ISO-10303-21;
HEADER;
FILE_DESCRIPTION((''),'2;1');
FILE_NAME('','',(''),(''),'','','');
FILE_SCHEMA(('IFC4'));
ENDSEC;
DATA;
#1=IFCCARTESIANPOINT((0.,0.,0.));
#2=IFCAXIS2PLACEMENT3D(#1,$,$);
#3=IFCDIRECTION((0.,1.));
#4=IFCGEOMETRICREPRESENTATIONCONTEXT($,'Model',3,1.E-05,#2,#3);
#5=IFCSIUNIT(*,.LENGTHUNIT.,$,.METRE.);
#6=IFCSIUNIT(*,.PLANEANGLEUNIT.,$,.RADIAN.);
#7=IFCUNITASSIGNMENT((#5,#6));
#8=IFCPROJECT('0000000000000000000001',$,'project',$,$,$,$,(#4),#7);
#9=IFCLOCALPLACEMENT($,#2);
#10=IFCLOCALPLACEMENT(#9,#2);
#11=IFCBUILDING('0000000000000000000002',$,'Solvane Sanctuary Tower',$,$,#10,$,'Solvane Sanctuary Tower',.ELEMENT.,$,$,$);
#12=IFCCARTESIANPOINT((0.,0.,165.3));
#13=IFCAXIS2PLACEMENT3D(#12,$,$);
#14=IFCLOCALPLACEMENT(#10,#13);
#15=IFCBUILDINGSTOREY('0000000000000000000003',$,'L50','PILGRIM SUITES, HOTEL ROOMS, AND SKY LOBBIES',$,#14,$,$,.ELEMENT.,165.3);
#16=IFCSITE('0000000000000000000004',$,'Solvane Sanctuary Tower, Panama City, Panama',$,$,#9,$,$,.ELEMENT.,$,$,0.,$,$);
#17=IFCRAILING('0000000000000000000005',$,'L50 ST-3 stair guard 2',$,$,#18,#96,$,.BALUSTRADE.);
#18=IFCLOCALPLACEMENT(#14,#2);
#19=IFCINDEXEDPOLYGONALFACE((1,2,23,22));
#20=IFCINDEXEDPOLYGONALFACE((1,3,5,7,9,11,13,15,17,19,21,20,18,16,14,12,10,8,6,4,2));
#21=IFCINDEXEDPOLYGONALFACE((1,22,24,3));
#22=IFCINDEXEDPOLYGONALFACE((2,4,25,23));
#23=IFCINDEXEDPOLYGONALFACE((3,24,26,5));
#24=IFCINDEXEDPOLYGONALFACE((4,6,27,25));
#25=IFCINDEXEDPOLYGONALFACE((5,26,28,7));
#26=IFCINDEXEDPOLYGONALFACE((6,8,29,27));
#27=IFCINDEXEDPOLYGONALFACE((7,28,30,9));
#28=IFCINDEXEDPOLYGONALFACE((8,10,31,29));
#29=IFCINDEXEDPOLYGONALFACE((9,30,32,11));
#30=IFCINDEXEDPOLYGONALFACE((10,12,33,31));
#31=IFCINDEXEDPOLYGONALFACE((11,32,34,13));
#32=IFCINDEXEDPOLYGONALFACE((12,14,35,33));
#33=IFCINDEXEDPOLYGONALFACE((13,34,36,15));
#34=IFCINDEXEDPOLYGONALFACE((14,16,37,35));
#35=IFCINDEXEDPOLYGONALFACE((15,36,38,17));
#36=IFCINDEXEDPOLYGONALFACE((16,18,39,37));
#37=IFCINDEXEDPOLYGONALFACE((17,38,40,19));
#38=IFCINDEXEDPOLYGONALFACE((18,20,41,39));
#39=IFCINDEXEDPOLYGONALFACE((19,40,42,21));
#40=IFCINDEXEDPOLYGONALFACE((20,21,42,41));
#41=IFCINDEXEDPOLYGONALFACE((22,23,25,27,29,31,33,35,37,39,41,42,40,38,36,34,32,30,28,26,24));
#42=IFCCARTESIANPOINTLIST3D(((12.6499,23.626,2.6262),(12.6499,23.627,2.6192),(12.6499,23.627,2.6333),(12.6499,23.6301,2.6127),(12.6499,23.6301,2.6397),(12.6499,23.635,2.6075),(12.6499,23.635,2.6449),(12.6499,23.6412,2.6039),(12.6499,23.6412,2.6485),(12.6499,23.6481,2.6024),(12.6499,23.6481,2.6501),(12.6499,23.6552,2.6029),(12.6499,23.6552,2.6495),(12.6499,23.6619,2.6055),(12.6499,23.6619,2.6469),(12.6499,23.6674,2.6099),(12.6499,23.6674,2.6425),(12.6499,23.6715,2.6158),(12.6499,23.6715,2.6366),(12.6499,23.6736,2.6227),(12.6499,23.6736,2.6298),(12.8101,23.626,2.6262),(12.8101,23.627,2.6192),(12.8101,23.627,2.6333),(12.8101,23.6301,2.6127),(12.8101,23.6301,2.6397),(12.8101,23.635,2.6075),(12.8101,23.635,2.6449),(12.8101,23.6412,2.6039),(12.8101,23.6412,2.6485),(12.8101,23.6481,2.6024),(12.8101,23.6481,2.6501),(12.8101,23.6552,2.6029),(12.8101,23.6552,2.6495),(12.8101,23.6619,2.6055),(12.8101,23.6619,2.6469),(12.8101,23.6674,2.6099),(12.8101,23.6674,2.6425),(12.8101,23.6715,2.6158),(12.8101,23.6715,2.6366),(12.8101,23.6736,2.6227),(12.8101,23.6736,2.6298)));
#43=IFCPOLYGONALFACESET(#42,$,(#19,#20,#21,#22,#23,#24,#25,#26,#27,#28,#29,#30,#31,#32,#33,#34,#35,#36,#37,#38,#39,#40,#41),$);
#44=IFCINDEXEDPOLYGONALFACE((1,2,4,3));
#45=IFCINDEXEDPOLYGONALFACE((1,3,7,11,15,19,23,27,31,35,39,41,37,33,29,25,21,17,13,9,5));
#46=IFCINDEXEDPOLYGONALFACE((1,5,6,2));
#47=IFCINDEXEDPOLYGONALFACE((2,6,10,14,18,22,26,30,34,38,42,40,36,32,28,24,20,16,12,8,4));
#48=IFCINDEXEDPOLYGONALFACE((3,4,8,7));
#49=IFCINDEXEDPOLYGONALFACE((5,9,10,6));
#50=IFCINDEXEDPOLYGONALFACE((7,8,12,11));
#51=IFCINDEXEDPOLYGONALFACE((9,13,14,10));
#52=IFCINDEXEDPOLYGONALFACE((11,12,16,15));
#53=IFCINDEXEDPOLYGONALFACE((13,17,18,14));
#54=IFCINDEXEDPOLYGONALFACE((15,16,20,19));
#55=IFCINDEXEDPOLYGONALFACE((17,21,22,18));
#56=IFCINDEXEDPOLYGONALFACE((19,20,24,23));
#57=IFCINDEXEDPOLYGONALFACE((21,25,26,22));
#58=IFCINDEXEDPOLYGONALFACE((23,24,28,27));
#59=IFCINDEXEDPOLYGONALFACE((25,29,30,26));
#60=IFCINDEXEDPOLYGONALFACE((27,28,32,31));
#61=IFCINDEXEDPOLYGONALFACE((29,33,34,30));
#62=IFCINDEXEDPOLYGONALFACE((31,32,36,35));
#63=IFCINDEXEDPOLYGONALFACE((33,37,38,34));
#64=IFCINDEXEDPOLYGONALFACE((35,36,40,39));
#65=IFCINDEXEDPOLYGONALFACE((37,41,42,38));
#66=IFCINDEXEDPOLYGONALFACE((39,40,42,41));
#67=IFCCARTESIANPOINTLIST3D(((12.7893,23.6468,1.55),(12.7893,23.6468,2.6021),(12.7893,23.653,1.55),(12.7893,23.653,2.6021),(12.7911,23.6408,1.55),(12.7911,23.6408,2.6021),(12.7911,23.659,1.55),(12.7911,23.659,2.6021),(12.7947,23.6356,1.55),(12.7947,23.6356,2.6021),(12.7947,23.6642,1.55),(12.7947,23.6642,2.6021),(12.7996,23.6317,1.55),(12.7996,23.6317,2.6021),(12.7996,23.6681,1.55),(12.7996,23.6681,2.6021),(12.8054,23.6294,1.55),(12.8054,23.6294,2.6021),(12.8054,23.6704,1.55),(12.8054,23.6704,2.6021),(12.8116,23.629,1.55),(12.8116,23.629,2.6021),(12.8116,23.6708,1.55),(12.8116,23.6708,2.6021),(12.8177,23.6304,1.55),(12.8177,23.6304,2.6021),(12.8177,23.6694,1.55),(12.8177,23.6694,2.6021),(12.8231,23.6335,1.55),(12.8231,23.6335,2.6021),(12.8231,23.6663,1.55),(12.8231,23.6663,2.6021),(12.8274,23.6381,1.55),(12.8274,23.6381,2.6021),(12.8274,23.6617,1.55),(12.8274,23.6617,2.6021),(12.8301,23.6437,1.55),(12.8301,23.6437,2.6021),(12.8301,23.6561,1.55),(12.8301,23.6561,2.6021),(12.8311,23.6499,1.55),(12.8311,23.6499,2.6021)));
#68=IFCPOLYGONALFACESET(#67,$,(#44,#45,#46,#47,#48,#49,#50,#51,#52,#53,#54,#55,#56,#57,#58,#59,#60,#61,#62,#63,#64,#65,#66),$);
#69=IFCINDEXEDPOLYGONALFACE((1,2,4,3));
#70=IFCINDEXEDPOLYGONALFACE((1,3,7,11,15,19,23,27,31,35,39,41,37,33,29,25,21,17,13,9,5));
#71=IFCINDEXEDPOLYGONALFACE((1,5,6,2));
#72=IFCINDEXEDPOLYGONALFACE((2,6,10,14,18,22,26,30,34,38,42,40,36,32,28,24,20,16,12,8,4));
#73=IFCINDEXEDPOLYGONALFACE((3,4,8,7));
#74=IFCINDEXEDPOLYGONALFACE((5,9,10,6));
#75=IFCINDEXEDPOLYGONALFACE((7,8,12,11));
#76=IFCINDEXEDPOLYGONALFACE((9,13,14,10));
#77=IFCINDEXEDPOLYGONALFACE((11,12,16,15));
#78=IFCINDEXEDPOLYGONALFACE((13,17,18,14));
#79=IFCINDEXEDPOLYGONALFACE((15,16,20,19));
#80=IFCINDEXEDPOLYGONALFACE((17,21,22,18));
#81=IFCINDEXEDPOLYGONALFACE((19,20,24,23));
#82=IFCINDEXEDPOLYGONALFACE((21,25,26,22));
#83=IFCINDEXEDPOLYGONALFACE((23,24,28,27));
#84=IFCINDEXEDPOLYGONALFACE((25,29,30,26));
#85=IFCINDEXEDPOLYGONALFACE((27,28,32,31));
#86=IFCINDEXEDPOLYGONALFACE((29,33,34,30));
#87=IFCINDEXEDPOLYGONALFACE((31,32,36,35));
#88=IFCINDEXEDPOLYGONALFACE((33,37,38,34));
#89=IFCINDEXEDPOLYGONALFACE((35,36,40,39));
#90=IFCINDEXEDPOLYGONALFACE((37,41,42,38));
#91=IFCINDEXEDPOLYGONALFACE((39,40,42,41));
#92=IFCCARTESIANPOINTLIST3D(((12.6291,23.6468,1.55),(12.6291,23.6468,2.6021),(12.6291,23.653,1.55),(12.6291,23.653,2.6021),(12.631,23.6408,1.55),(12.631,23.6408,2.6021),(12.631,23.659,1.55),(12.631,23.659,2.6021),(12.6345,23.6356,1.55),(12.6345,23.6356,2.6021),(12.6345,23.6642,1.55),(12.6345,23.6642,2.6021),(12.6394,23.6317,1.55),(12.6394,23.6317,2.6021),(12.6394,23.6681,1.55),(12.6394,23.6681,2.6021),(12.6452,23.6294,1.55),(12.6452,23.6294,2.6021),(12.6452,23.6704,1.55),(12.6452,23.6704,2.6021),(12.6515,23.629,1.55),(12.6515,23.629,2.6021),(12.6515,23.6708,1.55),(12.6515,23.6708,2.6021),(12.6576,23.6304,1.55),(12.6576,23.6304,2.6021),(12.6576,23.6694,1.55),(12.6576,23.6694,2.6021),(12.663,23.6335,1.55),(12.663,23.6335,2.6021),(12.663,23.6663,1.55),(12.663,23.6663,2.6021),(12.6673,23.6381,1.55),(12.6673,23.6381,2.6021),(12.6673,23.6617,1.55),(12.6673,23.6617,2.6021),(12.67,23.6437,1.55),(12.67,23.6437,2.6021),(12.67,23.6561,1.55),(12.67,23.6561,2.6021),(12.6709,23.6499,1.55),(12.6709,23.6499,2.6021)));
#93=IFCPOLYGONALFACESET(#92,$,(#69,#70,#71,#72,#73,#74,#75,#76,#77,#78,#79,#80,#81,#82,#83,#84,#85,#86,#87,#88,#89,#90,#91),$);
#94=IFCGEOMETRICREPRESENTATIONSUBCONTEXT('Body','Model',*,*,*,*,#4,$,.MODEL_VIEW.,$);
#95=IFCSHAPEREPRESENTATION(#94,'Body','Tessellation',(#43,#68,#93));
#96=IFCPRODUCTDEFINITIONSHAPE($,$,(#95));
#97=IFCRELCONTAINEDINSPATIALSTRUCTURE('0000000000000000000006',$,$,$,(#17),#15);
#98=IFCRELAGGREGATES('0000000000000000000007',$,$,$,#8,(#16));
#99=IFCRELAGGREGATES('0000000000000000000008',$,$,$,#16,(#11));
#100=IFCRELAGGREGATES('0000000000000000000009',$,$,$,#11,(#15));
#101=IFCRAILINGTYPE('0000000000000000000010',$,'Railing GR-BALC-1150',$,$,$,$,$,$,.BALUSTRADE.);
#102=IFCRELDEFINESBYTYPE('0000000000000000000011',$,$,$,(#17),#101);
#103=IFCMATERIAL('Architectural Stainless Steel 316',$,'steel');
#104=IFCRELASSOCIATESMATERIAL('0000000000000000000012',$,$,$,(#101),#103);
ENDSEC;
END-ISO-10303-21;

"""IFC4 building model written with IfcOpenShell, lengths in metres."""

from ifc_helpers import new_model, si_unit, direction, frame, origin, origin_2d, place, context, subcontext, project, spatial, circle, extrude, material, type_object, element, save


model = new_model("IFC4")

# Units and contexts
model_context = context("Model", 3, precision=1e-05, world=origin(), true_north=direction((0.0, 1.0)))
body_context = subcontext(model_context, "Body", "Model", "MODEL_VIEW")
ifc_project = project(units=[si_unit("LENGTHUNIT", "METRE"), si_unit("PLANEANGLEUNIT", "RADIAN")], contexts=[model_context])

# Site, building, storey
site_placement = place(None, origin())
site = spatial("IfcSite", under=ifc_project, at=site_placement, Name="Solvane Sanctuary Tower, Panama City, Panama", CompositionType="ELEMENT", RefElevation=0.0)
building_placement = place(site_placement, origin())
building = spatial("IfcBuilding", under=site, at=building_placement, Name="Solvane Sanctuary Tower", LongName="Solvane Sanctuary Tower", CompositionType="ELEMENT")
storey_placement = place(building_placement, frame((0.0, 0.0, 165.3)))
storey = spatial("IfcBuildingStorey", under=building, at=storey_placement, Name="L50", Description="PILGRIM SUITES, HOTEL ROOMS, AND SKY LOBBIES", CompositionType="ELEMENT", Elevation=165.3)

# Railing
ifc_material_1 = material(Name="Architectural Stainless Steel 316", Category="steel")
railing_type_1 = type_object("IfcRailingType", Name="Railing GR-BALC-1150", PredefinedType="BALUSTRADE", material=ifc_material_1)
railing_1_placement = place(storey_placement, frame((12.8101, 23.6499, 1.55)))
element("IfcRailing", 1, at=railing_1_placement, inside=storey, type_object=railing_type_1, Name="L50 ST-3 stair guard 2", PredefinedType="BALUSTRADE", context=body_context, shape_type="SweptSolid", body=[
    extrude(circle(Radius=0.0239, at=origin_2d()), frame((0.0, 0.0, 1.0762), z_axis=(-1.0, 0.0, 0.0), x_axis=(0.0, -1.0, 0.0)), (0.0, 0.0, 1.0), 0.1602),
    extrude(circle(Radius=0.021, at=origin_2d()), origin(), (0.0, 0.0, 1.0), 1.052),
    extrude(circle(Radius=0.021, at=origin_2d()), frame((-0.1602, 0.0, 0.0)), (0.0, 0.0, 1.0), 1.052),
])

save(model, "model.ifc")
